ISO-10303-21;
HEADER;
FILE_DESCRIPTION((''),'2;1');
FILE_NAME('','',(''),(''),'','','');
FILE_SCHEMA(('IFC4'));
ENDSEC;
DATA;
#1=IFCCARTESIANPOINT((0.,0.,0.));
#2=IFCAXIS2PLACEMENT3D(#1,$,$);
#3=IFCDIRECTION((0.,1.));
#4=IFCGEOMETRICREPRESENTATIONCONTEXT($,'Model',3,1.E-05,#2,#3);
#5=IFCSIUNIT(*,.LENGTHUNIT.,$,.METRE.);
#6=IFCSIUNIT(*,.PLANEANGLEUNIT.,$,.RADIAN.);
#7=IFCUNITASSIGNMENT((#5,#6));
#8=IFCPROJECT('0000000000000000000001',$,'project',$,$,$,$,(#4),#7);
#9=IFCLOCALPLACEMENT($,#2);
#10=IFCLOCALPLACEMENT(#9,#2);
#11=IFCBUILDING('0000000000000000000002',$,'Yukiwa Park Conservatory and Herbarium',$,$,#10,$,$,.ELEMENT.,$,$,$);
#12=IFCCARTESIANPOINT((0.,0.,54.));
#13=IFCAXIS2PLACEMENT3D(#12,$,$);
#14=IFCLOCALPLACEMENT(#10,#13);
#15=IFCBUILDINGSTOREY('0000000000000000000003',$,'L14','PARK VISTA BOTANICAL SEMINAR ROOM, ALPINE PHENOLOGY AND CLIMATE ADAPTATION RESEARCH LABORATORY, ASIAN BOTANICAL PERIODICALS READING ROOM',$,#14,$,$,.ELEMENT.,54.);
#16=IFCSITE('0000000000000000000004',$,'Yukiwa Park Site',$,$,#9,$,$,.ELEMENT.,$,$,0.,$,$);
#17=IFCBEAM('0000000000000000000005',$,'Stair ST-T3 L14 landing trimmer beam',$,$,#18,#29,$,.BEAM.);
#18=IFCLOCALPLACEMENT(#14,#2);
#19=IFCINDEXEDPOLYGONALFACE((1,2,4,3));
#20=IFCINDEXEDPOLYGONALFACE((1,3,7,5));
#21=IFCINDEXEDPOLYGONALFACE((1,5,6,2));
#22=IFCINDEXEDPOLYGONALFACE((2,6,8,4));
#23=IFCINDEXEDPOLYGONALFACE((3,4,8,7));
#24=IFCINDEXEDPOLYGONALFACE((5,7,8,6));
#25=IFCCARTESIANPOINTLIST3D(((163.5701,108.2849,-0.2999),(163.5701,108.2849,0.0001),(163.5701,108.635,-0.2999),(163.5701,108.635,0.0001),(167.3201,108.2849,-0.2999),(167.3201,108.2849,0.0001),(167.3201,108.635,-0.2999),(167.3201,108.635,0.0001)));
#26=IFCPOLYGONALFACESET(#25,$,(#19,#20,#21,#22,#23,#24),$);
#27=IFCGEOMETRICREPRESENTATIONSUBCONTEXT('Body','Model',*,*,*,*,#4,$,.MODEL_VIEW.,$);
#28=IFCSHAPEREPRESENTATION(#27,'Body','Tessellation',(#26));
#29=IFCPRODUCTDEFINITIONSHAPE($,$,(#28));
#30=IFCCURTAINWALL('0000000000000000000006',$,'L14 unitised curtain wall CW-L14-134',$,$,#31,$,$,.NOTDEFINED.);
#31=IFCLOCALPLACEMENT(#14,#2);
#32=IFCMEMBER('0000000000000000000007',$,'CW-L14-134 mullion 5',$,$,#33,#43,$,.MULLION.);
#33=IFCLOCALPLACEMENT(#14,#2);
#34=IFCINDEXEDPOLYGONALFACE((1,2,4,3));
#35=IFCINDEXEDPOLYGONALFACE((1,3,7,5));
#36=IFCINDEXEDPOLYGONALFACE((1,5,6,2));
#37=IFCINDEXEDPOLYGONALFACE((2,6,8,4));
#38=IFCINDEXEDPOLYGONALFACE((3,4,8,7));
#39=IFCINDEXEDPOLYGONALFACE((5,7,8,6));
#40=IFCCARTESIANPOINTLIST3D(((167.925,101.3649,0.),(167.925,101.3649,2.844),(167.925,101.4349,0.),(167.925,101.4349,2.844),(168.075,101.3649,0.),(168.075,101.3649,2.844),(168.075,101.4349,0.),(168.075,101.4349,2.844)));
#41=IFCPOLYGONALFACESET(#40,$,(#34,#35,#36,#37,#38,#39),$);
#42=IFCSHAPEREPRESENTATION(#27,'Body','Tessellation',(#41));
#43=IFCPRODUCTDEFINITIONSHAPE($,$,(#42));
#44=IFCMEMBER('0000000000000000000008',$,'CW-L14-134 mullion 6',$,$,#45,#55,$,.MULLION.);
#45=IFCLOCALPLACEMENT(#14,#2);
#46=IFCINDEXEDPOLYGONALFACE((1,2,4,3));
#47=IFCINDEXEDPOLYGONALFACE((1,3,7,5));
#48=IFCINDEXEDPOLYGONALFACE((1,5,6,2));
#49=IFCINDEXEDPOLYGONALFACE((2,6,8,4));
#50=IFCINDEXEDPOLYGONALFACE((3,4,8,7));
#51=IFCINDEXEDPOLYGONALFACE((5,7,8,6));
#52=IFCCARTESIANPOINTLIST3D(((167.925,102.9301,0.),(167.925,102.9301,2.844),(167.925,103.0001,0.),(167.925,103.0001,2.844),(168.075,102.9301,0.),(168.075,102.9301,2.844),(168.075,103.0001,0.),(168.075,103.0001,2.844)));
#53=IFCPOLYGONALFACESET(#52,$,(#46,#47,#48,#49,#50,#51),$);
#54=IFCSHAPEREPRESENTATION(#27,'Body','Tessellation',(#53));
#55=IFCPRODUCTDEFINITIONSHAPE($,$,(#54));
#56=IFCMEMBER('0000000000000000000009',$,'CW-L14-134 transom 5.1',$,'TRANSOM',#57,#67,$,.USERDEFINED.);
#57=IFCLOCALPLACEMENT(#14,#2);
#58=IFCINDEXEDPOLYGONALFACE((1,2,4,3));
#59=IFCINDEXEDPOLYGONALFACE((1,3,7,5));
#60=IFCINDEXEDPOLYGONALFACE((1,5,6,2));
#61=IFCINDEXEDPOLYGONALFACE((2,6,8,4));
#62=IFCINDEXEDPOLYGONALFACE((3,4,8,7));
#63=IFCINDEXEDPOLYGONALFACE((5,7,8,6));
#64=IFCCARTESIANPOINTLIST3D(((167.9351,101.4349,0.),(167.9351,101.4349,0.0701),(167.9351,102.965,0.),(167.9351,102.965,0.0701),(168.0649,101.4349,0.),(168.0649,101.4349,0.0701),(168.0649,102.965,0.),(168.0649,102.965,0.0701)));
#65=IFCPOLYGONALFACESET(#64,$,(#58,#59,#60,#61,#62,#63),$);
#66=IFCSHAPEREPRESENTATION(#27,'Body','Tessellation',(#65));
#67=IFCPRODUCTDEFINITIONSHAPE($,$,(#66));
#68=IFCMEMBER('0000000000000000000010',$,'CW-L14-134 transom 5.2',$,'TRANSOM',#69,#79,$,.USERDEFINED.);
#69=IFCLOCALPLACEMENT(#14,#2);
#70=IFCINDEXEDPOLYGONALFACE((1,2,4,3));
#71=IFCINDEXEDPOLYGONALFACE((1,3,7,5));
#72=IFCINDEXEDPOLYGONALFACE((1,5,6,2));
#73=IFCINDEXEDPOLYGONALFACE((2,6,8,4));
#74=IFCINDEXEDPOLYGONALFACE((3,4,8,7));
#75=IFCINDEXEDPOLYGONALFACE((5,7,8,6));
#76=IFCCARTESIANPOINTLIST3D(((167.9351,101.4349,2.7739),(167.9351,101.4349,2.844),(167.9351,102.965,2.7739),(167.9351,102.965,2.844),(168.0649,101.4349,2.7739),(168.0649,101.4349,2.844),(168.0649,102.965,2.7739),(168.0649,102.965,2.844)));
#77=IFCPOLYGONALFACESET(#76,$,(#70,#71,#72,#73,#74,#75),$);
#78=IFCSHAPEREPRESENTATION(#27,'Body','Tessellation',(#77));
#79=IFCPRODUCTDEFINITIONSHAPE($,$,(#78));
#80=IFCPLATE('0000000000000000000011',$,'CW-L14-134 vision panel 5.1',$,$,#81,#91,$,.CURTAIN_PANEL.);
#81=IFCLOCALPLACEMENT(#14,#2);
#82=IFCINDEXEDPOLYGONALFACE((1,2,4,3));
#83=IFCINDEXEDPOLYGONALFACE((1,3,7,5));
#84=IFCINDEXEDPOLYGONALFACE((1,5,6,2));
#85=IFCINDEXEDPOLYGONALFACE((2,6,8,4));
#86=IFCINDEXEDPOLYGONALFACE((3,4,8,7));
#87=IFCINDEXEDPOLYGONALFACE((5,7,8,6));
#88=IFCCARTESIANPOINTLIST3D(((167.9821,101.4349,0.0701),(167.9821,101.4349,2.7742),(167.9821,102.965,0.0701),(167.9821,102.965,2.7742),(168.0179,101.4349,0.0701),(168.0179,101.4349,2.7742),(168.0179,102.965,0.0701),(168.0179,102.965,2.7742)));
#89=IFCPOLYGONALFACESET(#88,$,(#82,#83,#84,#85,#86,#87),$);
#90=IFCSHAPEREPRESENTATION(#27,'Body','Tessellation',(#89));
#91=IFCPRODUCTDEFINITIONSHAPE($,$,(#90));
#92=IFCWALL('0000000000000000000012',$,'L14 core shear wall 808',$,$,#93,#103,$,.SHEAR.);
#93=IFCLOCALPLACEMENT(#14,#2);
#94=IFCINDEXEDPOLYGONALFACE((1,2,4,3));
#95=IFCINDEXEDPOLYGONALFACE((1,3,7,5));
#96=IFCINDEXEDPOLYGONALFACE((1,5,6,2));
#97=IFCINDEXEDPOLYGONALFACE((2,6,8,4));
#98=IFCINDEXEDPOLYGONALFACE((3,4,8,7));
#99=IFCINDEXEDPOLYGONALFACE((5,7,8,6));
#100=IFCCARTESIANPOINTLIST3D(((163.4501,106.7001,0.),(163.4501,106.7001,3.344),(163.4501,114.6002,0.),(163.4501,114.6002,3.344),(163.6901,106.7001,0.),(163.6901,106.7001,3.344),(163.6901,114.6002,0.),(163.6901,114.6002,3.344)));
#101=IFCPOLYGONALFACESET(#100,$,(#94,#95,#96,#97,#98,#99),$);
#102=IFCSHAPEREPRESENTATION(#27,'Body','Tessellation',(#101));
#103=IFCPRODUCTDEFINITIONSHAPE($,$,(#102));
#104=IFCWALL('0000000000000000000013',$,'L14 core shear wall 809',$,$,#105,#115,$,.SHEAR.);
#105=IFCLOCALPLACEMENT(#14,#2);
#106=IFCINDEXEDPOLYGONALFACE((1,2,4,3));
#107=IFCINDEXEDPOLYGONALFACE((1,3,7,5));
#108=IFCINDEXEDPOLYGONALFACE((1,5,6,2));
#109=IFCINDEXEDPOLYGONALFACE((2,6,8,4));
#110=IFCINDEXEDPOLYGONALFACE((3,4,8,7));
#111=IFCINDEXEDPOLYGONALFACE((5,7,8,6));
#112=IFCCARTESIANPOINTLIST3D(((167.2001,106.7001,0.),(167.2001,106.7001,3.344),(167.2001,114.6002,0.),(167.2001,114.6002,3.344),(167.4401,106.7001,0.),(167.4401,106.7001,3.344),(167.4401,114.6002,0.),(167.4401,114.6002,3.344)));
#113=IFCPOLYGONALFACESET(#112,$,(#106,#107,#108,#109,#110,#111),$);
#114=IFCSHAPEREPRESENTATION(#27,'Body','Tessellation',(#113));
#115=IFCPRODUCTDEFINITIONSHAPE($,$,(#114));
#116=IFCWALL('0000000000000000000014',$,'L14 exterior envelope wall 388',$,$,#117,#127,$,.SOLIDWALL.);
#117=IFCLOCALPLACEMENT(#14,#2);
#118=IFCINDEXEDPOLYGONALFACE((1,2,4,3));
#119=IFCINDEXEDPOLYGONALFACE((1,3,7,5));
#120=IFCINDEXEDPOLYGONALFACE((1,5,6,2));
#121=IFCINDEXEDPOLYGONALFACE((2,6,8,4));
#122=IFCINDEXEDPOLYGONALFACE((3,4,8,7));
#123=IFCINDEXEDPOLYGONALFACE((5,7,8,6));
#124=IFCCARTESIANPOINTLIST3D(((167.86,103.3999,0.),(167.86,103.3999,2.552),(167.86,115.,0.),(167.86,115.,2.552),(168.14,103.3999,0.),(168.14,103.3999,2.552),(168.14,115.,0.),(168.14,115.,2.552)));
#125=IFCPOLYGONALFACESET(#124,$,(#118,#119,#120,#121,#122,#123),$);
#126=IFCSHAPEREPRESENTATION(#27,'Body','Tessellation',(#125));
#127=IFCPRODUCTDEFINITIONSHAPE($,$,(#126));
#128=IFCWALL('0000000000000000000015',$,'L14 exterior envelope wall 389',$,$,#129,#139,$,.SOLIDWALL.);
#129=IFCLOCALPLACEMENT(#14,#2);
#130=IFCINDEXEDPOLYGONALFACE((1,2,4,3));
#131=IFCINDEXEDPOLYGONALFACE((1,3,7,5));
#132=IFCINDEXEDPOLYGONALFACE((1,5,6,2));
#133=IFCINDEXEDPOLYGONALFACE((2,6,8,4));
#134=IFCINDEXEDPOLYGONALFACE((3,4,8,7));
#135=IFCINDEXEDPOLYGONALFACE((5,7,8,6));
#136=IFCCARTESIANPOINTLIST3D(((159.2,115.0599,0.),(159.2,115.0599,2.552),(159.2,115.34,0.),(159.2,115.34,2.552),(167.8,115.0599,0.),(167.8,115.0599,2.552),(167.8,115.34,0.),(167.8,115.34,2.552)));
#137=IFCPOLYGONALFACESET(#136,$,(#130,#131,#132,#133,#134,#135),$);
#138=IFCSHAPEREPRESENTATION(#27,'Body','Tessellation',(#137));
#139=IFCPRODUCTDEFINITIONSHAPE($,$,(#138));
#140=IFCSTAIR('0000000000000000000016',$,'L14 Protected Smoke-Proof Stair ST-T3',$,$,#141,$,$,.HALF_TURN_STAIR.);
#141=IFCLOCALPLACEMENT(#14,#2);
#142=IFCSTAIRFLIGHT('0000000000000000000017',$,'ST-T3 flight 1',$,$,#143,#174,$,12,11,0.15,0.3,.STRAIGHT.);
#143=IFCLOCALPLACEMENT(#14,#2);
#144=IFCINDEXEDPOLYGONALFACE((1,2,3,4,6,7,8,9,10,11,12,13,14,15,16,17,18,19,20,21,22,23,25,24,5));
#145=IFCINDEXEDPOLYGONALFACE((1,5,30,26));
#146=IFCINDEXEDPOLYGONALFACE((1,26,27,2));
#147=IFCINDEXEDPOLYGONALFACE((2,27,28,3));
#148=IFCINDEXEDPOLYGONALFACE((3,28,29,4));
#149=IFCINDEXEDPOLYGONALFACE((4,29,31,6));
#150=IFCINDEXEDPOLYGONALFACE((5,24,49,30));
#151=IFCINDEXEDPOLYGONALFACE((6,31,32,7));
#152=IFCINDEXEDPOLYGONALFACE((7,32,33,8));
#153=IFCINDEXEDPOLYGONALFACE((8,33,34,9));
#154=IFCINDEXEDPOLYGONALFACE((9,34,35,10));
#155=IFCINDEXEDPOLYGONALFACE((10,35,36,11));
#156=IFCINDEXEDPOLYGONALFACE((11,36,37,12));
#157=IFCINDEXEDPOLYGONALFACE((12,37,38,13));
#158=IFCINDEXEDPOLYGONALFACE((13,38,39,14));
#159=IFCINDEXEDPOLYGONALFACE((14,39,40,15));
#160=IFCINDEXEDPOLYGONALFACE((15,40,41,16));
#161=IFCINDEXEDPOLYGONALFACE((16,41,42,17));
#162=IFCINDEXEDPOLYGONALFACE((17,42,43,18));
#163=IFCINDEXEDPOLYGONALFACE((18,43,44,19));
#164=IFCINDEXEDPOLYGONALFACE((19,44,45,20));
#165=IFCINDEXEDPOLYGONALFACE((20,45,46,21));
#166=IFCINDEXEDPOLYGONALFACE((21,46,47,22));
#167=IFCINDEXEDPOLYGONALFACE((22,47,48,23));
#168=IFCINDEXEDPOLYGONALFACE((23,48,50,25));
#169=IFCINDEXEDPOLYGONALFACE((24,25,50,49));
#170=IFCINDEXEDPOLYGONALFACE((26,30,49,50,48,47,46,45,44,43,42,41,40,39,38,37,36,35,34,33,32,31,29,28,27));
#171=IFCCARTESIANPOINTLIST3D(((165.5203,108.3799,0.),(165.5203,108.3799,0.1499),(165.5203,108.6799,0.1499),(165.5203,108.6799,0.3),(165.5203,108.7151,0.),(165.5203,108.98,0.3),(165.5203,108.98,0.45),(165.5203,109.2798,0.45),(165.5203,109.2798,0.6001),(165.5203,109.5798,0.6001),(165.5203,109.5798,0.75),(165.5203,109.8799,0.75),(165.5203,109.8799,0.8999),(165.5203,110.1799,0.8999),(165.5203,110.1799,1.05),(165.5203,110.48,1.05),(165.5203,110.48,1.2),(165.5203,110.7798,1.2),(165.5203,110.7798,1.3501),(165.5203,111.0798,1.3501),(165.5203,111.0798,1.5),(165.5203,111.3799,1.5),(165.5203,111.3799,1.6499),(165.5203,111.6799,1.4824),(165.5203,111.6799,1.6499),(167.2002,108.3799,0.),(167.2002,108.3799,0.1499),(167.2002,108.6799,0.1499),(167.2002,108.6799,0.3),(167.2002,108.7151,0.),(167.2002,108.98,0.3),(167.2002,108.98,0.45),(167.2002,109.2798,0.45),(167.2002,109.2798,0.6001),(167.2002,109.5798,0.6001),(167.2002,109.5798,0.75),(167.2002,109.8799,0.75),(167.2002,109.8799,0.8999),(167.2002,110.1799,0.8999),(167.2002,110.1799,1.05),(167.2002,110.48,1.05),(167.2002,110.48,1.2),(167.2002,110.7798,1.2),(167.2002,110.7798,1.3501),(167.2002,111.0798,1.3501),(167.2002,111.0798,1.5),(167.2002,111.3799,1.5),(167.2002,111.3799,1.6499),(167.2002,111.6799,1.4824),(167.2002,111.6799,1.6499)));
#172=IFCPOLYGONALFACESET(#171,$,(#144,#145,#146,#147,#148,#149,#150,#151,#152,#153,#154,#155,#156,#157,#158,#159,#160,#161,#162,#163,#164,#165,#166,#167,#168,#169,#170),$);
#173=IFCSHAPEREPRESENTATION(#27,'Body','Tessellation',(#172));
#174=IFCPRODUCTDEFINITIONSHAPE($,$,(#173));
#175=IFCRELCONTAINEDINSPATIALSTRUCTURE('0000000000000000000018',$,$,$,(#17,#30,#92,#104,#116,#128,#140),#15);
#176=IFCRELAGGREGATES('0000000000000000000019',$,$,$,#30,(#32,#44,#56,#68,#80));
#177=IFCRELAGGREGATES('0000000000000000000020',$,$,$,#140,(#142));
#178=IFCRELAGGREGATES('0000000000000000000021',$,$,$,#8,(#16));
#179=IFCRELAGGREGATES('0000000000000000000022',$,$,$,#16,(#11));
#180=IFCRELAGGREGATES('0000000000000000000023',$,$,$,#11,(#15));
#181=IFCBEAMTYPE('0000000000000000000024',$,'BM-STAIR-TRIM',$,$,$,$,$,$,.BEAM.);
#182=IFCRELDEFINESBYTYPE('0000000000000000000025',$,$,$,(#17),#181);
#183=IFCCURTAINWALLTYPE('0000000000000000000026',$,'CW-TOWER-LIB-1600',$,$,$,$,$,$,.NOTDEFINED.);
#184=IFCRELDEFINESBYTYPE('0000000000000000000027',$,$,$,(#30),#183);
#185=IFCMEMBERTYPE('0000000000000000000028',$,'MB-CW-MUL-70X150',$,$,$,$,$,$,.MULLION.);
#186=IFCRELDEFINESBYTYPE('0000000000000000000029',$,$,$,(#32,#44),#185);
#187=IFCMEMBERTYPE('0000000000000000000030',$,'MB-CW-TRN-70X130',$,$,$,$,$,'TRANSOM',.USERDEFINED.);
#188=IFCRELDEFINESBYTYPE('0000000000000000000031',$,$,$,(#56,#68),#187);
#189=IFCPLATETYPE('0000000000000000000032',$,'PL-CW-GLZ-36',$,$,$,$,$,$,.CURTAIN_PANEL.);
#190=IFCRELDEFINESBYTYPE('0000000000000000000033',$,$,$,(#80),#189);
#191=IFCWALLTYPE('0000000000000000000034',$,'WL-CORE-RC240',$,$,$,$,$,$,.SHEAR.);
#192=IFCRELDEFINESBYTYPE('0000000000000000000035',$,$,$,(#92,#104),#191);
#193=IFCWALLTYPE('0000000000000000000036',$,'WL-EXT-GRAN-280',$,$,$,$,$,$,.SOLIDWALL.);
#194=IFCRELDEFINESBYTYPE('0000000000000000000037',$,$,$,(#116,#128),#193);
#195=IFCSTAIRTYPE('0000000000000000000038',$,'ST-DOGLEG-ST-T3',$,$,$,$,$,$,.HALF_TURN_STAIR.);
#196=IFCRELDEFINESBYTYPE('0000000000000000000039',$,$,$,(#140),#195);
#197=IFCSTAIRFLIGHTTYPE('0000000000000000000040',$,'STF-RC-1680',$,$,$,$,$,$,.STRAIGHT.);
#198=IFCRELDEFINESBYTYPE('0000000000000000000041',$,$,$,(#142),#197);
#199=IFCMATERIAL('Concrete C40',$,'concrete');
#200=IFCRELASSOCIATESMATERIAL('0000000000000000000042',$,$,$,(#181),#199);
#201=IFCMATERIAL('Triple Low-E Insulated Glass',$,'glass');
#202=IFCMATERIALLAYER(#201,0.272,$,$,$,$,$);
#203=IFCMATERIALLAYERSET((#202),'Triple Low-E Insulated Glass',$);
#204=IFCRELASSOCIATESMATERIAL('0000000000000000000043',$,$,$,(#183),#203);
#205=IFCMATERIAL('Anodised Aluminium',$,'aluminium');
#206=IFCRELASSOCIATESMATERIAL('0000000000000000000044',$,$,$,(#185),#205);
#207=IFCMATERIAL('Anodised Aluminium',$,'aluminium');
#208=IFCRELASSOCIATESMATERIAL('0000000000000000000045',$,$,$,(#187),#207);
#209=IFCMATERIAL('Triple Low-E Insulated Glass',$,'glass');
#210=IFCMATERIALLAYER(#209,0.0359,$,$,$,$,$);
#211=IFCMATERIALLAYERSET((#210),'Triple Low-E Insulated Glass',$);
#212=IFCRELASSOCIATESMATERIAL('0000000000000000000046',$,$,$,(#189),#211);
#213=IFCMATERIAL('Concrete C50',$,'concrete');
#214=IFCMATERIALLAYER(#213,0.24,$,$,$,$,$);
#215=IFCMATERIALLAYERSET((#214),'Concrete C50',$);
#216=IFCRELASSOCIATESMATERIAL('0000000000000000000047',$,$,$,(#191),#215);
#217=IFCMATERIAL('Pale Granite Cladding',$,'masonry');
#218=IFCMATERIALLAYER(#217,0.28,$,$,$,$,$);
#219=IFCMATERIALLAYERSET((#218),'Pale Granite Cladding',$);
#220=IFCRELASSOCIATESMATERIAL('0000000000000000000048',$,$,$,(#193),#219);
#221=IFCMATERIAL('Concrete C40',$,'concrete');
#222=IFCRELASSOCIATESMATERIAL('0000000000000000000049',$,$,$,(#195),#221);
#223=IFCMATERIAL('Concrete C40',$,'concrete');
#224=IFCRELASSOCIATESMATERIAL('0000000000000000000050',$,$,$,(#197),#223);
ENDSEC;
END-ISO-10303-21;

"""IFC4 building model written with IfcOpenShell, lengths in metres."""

from ifc_helpers import new_model, si_unit, direction, frame, frame_2d, origin, origin_2d, place, context, subcontext, project, spatial, polyline, rectangle, outline, extrude, material, layer, layer_set, material_profile, profile_set, type_object, element, aggregate, save


model = new_model("IFC4")

# Units and contexts
model_context = context("Model", 3, precision=1e-05, world=origin(), true_north=direction((0.0, 1.0)))
body_context = subcontext(model_context, "Body", "Model", "MODEL_VIEW")
ifc_project = project(units=[si_unit("LENGTHUNIT", "METRE"), si_unit("PLANEANGLEUNIT", "RADIAN")], contexts=[model_context])

# Site, building, storey
site_placement = place(None, origin())
site = spatial("IfcSite", under=ifc_project, at=site_placement, Name="Yukiwa Park Site", CompositionType="ELEMENT", RefElevation=0.0)
building_placement = place(site_placement, origin())
building = spatial("IfcBuilding", under=site, at=building_placement, Name="Yukiwa Park Conservatory and Herbarium", CompositionType="ELEMENT")
storey_placement = place(building_placement, frame((0.0, 0.0, 54.0)))
storey = spatial("IfcBuildingStorey", under=building, at=storey_placement, Name="L14", Description="PARK VISTA BOTANICAL SEMINAR ROOM, ALPINE PHENOLOGY AND CLIMATE ADAPTATION RESEARCH LABORATORY, ASIAN BOTANICAL PERIODICALS READING ROOM", CompositionType="ELEMENT", Elevation=54.0)

# Beam
ifc_material_1 = material(Name="Concrete C40", Category="concrete")
ifc_material_profile_1 = material_profile(ifc_material_1, rectangle(XDim=0.3501, YDim=0.3, at=origin_2d()), Name="RC 350x300")
ifc_profile_set_1 = profile_set([ifc_material_profile_1], Name="Concrete C40")
beam_type_1 = type_object("IfcBeamType", Name="BM-STAIR-TRIM", PredefinedType="BEAM", material=ifc_profile_set_1)
beam_1_placement = place(storey_placement, frame((163.5701, 108.46, -0.1499), z_axis=(1.0, 0.0, 0.0), x_axis=(0.0, 1.0, 0.0)))
element("IfcBeam", 1, at=beam_1_placement, inside=storey, type_object=beam_type_1, Name="Stair ST-T3 L14 landing trimmer beam", PredefinedType="BEAM", context=body_context, shape_type="SweptSolid", body=[
    extrude(rectangle(XDim=0.3501, YDim=0.3, at=origin_2d()), origin(), (0.0, 0.0, 1.0), 3.75),
])

# Curtain wall, members, plate
ifc_material_2 = material(Name="Triple Low-E Insulated Glass", Category="glass")
ifc_layer_1 = layer(ifc_material_2, 0.272)
ifc_layer_set_1 = layer_set([ifc_layer_1], Name="Triple Low-E Insulated Glass")
curtain_wall_type = type_object("IfcCurtainWallType", Name="CW-TOWER-LIB-1600", PredefinedType="NOTDEFINED", material=ifc_layer_set_1)
curtain_wall_placement = place(storey_placement, origin())
curtain_wall = element("IfcCurtainWall", 2, at=curtain_wall_placement, inside=storey, type_object=curtain_wall_type, Name="L14 unitised curtain wall CW-L14-134", PredefinedType="NOTDEFINED")
ifc_material_3 = material(Name="Anodised Aluminium", Category="aluminium")
member_type_1 = type_object("IfcMemberType", Name="MB-CW-MUL-70X150", PredefinedType="MULLION", material=ifc_material_3)
member_1_placement = place(storey_placement, frame((168.0, 101.3999, 0.0), z_axis=(0.0, 0.0, 1.0), x_axis=(0.0, 1.0, 0.0)))
member_1 = element("IfcMember", 3, at=member_1_placement, type_object=member_type_1, Name="CW-L14-134 mullion 5", PredefinedType="MULLION", context=body_context, shape_type="SweptSolid", body=[
    extrude(rectangle(XDim=0.0701, YDim=0.1499, at=origin_2d()), origin(), (0.0, 0.0, 1.0), 2.844),
])
member_2_placement = place(storey_placement, frame((168.0, 102.9651, 0.0), z_axis=(0.0, 0.0, 1.0), x_axis=(0.0, 1.0, 0.0)))
member_2 = element("IfcMember", 4, at=member_2_placement, type_object=member_type_1, Name="CW-L14-134 mullion 6", PredefinedType="MULLION", context=body_context, shape_type="SweptSolid", body=[
    extrude(rectangle(XDim=0.0701, YDim=0.1499, at=origin_2d()), origin(), (0.0, 0.0, 1.0), 2.844),
])
ifc_material_4 = material(Name="Anodised Aluminium", Category="aluminium")
member_type_2 = type_object("IfcMemberType", Name="MB-CW-TRN-70X130", ElementType="TRANSOM", PredefinedType="USERDEFINED", material=ifc_material_4)
member_3_placement = place(storey_placement, frame((168.0, 102.2, 0.0), z_axis=(0.0, 0.0, 1.0), x_axis=(0.0, 1.0, 0.0)))
member_3 = element("IfcMember", 5, at=member_3_placement, type_object=member_type_2, Name="CW-L14-134 transom 5.1", ObjectType="TRANSOM", PredefinedType="USERDEFINED", context=body_context, shape_type="SweptSolid", body=[
    extrude(rectangle(XDim=1.53, YDim=0.1299, at=origin_2d()), origin(), (0.0, 0.0, 1.0), 0.0701),
])
member_4_placement = place(storey_placement, frame((168.0, 102.2, 2.7739), z_axis=(0.0, 0.0, 1.0), x_axis=(0.0, 1.0, 0.0)))
member_4 = element("IfcMember", 6, at=member_4_placement, type_object=member_type_2, Name="CW-L14-134 transom 5.2", ObjectType="TRANSOM", PredefinedType="USERDEFINED", context=body_context, shape_type="SweptSolid", body=[
    extrude(rectangle(XDim=1.53, YDim=0.1299, at=origin_2d()), origin(), (0.0, 0.0, 1.0), 0.0701),
])
ifc_material_5 = material(Name="Triple Low-E Insulated Glass", Category="glass")
ifc_layer_2 = layer(ifc_material_5, 0.0359)
ifc_layer_set_2 = layer_set([ifc_layer_2], Name="Triple Low-E Insulated Glass")
plate_type = type_object("IfcPlateType", Name="PL-CW-GLZ-36", PredefinedType="CURTAIN_PANEL", material=ifc_layer_set_2)
plate_placement = place(storey_placement, frame((168.0, 102.2, 0.0701), z_axis=(0.0, 0.0, 1.0), x_axis=(0.0, 1.0, 0.0)))
plate = element("IfcPlate", 7, at=plate_placement, type_object=plate_type, Name="CW-L14-134 vision panel 5.1", PredefinedType="CURTAIN_PANEL", context=body_context, shape_type="SweptSolid", body=[
    extrude(rectangle(XDim=1.53, YDim=0.0359, at=origin_2d()), origin(), (0.0, 0.0, 1.0), 2.7041),
])
aggregate(curtain_wall, [member_1, member_2, member_3, member_4, plate])

# Walls
ifc_material_6 = material(Name="Concrete C50", Category="concrete")
ifc_layer_3 = layer(ifc_material_6, 0.24)
ifc_layer_set_3 = layer_set([ifc_layer_3], Name="Concrete C50")
wall_type_1 = type_object("IfcWallType", Name="WL-CORE-RC240", PredefinedType="SHEAR", material=ifc_layer_set_3)
for number, where, z_axis, x_axis, name in (
    (8, (163.5701, 106.7, 0.0), (0.0, 0.0, 1.0), (0.0, 1.0, 0.0), "L14 core shear wall 808"),
    (9, (167.3201, 106.7, 0.0), (0.0, 0.0, 1.0), (0.0, 1.0, 0.0), "L14 core shear wall 809"),
):
    element("IfcWall", number, at=place(storey_placement, frame(where, z_axis=z_axis, x_axis=x_axis)), inside=storey, type_object=wall_type_1, Name=name, PredefinedType="SHEAR", context=body_context, shape_type="SweptSolid", body=[
        extrude(rectangle(XDim=7.9001, YDim=0.24, at=frame_2d((3.9502, 0.0))), origin(), (0.0, 0.0, 1.0), 3.344),
    ])
ifc_material_7 = material(Name="Pale Granite Cladding", Category="masonry")
ifc_layer_4 = layer(ifc_material_7, 0.28)
ifc_layer_set_4 = layer_set([ifc_layer_4], Name="Pale Granite Cladding")
wall_type_2 = type_object("IfcWallType", Name="WL-EXT-GRAN-280", PredefinedType="SOLIDWALL", material=ifc_layer_set_4)
wall_1_placement = place(storey_placement, frame((168.0, 103.3999, 0.0), z_axis=(0.0, 0.0, 1.0), x_axis=(0.0, 1.0, 0.0)))
element("IfcWall", 10, at=wall_1_placement, inside=storey, type_object=wall_type_2, Name="L14 exterior envelope wall 388", PredefinedType="SOLIDWALL", context=body_context, shape_type="SweptSolid", body=[
    extrude(rectangle(XDim=11.6001, YDim=0.28, at=frame_2d((5.8, 0.0))), origin(), (0.0, 0.0, 1.0), 2.552),
])
wall_2_placement = place(storey_placement, frame((167.8, 115.2, 0.0), z_axis=(0.0, 0.0, 1.0), x_axis=(-1.0, 0.0, 0.0)))
element("IfcWall", 11, at=wall_2_placement, inside=storey, type_object=wall_type_2, Name="L14 exterior envelope wall 389", PredefinedType="SOLIDWALL", context=body_context, shape_type="SweptSolid", body=[
    extrude(rectangle(XDim=8.6001, YDim=0.28, at=frame_2d((4.3, 0.0))), origin(), (0.0, 0.0, 1.0), 2.552),
])

# Stair, stair flight
ifc_material_8 = material(Name="Concrete C40", Category="concrete")
stair_type = type_object("IfcStairType", Name="ST-DOGLEG-ST-T3", PredefinedType="HALF_TURN_STAIR", material=ifc_material_8)
stair_placement = place(storey_placement, origin())
stair = element("IfcStair", 12, at=stair_placement, inside=storey, type_object=stair_type, Name="L14 Protected Smoke-Proof Stair ST-T3", PredefinedType="HALF_TURN_STAIR")
ifc_material_9 = material(Name="Concrete C40", Category="concrete")
stair_flight_type = type_object("IfcStairFlightType", Name="STF-RC-1680", PredefinedType="STRAIGHT", material=ifc_material_9)
stair_flight_1_placement = place(storey_placement, frame((166.3601, 108.3799, 0.0), z_axis=(0.0, 0.0, 1.0), x_axis=(0.0, 1.0, 0.0)))
stair_flight_1 = element("IfcStairFlight", 13, at=stair_flight_1_placement, type_object=stair_flight_type, Name="ST-T3 flight 1", NumberOfRisers=12, NumberOfTreads=11, PredefinedType="STRAIGHT", RiserHeight=0.15, TreadLength=0.3, context=body_context, shape_type="SweptSolid", body=[
    extrude(outline(polyline([(0.0, 0.0), (0.0, 0.1499), (0.3, 0.1499), (0.3, 0.3), (0.6001, 0.3), (0.6001, 0.45), (0.8999, 0.45), (0.8999, 0.6001), (1.2, 0.6001), (1.2, 0.75), (1.5, 0.75), (1.5, 0.8999), (1.8, 0.8999), (1.8, 1.05), (2.1001, 1.05), (2.1001, 1.2), (2.3999, 1.2), (2.3999, 1.3501), (2.7, 1.3501), (2.7, 1.5), (3.0, 1.5), (3.0, 1.6499), (3.3, 1.6499), (3.3, 1.8), (3.3, 1.4824), (0.3352, 0.0), (0.0, 0.0)])), frame((0.0, 0.8398, 0.0), z_axis=(0.0, -1.0, 0.0), x_axis=(1.0, 0.0, 0.0)), (0.0, 0.0, 1.0), 1.6799),
])
aggregate(stair, [stair_flight_1])

save(model, "model.ifc")
